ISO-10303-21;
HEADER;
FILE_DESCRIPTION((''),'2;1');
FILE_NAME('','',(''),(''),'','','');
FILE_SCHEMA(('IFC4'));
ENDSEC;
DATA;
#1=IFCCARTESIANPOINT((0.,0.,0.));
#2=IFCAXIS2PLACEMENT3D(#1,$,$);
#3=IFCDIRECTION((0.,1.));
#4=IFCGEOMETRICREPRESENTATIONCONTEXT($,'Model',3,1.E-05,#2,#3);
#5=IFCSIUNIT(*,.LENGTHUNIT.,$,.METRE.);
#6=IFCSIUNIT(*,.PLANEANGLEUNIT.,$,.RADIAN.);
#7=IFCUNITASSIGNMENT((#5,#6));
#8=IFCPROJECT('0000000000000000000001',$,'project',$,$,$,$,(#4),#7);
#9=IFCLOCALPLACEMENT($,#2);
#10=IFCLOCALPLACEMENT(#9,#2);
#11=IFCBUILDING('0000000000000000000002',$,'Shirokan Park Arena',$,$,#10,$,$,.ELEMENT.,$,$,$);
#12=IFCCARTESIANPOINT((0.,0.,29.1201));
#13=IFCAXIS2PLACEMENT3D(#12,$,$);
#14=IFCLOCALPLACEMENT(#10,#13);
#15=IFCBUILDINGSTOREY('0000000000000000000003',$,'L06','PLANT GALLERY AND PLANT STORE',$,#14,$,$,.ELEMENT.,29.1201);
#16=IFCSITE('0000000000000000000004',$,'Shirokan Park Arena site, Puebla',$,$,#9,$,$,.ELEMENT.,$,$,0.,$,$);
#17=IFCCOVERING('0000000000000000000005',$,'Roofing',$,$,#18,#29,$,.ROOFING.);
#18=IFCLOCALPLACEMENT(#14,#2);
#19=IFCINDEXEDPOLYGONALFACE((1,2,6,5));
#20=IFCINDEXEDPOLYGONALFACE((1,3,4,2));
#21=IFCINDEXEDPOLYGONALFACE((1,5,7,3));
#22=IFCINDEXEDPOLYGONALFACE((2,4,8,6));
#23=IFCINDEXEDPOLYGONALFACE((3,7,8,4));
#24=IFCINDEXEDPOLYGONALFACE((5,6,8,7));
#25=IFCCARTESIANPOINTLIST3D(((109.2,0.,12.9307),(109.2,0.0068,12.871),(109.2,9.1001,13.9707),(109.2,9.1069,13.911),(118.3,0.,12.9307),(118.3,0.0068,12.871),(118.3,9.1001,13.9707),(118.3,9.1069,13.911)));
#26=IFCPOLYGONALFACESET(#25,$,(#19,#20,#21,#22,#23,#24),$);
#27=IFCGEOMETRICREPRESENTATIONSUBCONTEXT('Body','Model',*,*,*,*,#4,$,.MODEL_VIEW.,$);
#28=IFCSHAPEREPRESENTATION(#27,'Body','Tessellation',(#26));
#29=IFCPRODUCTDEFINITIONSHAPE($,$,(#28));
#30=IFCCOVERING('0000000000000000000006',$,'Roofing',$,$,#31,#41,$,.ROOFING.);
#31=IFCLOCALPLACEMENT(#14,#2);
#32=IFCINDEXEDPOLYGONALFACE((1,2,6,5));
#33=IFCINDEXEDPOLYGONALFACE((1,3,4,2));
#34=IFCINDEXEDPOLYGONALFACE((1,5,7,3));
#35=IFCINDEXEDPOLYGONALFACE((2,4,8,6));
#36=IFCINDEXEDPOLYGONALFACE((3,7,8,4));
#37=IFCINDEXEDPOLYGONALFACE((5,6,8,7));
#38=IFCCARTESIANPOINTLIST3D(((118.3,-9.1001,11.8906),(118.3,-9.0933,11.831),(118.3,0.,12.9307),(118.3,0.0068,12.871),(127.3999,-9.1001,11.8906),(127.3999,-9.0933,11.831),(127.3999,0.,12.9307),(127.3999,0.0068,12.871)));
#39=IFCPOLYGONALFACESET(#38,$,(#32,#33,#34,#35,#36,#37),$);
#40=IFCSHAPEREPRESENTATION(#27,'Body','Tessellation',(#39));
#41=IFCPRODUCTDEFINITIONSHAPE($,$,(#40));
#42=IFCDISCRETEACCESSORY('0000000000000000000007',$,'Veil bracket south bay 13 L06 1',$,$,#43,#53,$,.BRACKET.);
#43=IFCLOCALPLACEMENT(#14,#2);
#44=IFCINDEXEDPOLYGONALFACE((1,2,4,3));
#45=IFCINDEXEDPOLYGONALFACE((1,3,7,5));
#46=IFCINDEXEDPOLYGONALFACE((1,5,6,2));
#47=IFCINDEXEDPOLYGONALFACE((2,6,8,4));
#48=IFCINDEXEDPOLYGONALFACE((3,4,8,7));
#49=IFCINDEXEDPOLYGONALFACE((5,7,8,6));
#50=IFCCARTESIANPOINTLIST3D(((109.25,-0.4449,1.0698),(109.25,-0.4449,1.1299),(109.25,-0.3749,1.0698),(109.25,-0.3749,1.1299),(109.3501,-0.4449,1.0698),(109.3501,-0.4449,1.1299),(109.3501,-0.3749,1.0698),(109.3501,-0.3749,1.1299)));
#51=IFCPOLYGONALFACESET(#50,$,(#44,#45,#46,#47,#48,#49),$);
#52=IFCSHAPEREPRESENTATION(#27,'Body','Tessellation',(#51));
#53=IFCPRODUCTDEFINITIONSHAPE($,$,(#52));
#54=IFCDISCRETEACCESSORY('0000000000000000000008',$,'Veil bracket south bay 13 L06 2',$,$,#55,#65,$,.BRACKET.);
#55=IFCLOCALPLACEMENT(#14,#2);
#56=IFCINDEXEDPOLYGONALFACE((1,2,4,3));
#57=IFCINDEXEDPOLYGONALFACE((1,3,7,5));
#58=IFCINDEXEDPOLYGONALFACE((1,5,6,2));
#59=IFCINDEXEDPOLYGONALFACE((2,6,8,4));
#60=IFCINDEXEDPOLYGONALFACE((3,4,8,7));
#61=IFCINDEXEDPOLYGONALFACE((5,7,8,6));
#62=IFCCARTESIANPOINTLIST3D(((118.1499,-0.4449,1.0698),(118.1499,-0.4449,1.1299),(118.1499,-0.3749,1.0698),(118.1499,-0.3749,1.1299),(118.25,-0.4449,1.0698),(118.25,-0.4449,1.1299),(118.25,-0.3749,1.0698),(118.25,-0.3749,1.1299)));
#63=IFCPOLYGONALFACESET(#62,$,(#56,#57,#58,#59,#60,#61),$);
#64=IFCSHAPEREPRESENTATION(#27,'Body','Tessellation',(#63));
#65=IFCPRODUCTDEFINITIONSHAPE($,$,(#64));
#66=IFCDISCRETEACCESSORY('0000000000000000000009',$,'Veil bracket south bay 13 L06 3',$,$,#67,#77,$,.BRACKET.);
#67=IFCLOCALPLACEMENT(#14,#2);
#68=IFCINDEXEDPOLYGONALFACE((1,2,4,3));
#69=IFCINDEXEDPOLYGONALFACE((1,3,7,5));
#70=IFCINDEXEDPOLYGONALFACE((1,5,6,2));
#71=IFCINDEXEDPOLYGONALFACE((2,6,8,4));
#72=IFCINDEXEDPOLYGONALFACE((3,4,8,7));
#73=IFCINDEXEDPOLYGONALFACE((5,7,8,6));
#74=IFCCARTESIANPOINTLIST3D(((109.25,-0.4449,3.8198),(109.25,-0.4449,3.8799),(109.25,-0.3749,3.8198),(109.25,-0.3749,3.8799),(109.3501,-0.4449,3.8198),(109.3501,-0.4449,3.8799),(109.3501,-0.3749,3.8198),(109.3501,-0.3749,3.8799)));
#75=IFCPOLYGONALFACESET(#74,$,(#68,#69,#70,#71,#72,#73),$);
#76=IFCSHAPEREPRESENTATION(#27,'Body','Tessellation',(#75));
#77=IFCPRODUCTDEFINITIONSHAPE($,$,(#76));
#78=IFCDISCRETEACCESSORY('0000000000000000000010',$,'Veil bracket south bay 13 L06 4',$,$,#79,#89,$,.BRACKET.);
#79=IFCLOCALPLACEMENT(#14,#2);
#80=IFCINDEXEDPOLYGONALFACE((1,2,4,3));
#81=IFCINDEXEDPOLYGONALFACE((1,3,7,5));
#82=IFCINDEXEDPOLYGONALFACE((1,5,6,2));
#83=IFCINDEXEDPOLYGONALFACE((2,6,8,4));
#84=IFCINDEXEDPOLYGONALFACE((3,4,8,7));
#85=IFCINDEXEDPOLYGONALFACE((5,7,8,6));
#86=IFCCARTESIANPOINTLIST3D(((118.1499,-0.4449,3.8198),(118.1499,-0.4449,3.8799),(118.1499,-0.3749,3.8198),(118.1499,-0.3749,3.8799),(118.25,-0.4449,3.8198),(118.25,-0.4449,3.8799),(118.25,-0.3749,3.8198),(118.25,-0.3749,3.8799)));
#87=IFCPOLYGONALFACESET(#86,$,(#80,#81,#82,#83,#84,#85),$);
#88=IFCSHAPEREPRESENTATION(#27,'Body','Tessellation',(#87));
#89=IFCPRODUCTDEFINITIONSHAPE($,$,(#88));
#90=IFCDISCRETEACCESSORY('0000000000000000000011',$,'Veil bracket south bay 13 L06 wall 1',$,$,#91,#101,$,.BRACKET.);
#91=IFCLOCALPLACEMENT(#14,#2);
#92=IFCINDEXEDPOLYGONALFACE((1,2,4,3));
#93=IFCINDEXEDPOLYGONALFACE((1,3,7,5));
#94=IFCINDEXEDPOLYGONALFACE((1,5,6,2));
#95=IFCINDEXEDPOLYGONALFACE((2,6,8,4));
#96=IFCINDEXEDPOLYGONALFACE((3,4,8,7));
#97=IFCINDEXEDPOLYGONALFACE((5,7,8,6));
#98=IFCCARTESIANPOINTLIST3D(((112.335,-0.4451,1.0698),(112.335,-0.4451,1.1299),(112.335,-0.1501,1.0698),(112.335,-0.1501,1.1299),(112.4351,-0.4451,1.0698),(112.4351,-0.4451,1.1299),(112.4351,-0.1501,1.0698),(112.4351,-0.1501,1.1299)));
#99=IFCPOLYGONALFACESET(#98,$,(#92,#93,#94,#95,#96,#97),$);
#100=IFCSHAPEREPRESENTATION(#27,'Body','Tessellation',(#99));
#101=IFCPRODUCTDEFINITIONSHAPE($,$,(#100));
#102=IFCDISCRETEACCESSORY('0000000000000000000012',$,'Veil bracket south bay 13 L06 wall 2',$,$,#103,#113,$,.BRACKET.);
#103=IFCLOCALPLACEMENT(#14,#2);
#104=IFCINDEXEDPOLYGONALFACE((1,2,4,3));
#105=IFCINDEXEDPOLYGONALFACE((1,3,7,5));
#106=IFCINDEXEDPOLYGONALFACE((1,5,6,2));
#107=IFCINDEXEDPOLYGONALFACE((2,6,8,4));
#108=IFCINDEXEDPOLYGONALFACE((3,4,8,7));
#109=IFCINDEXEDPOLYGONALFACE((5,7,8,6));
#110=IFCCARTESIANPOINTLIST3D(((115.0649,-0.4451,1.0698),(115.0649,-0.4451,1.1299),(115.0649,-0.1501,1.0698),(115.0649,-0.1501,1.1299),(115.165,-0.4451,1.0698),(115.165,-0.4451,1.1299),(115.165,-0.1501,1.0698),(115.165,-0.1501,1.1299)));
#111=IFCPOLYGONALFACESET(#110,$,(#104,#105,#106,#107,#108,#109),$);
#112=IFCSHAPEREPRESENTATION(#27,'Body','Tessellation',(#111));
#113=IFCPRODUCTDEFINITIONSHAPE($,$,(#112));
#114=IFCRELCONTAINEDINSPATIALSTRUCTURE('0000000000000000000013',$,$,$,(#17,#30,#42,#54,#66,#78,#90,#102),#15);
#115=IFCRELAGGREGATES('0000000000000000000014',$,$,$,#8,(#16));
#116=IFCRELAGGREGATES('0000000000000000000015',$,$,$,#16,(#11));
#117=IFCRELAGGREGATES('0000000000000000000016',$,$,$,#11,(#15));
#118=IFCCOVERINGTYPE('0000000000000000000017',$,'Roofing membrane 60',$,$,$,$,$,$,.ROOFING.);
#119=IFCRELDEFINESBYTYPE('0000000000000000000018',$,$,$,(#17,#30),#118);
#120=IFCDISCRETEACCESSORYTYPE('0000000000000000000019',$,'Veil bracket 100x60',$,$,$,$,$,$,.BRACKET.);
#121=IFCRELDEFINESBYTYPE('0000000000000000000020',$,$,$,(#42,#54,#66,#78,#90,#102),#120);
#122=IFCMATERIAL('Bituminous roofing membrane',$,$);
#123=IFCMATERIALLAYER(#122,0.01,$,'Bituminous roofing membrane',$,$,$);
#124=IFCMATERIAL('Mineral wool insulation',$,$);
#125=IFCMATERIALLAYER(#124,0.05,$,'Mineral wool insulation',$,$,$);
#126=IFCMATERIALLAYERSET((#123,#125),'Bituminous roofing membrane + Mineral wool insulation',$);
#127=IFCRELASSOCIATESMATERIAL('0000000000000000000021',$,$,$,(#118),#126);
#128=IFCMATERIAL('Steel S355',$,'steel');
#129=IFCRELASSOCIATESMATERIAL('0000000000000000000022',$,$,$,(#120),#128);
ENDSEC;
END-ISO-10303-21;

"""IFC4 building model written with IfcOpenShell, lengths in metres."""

from ifc_helpers import new_model, si_unit, direction, frame, origin, origin_2d, place, context, subcontext, project, spatial, polyline, rectangle, outline, extrude, material, layer, layer_set, type_object, element, save


model = new_model("IFC4")

# Units and contexts
model_context = context("Model", 3, precision=1e-05, world=origin(), true_north=direction((0.0, 1.0)))
body_context = subcontext(model_context, "Body", "Model", "MODEL_VIEW")
ifc_project = project(units=[si_unit("LENGTHUNIT", "METRE"), si_unit("PLANEANGLEUNIT", "RADIAN")], contexts=[model_context])

# Site, building, storey
site_placement = place(None, origin())
site = spatial("IfcSite", under=ifc_project, at=site_placement, Name="Shirokan Park Arena site, Puebla", CompositionType="ELEMENT", RefElevation=0.0)
building_placement = place(site_placement, origin())
building = spatial("IfcBuilding", under=site, at=building_placement, Name="Shirokan Park Arena", CompositionType="ELEMENT")
storey_placement = place(building_placement, frame((0.0, 0.0, 29.1201)))
storey = spatial("IfcBuildingStorey", under=building, at=storey_placement, Name="L06", Description="PLANT GALLERY AND PLANT STORE", CompositionType="ELEMENT", Elevation=29.1201)

# Coverings
ifc_material_1 = material(Name="Bituminous roofing membrane")
ifc_layer_1 = layer(ifc_material_1, 0.01, Name="Bituminous roofing membrane")
ifc_material_2 = material(Name="Mineral wool insulation")
ifc_layer_2 = layer(ifc_material_2, 0.05, Name="Mineral wool insulation")
ifc_layer_set_1 = layer_set([ifc_layer_1, ifc_layer_2], Name="Bituminous roofing membrane + Mineral wool insulation")
covering_type = type_object("IfcCoveringType", Name="Roofing membrane 60", PredefinedType="ROOFING", material=ifc_layer_set_1)
covering_1_placement = place(storey_placement, frame((109.2, 0.0, 12.9307), z_axis=(0.0, -0.11355, 0.993532), x_axis=(1.0, 0.0, 0.0)))
element("IfcCovering", 1, at=covering_1_placement, inside=storey, type_object=covering_type, Name="Roofing", PredefinedType="ROOFING", context=body_context, shape_type="SweptSolid", body=[
    extrude(outline(polyline([(0.0, 0.0), (9.1001, 0.0), (9.1001, 9.1593), (0.0, 9.1593), (0.0, 0.0)])), origin(), (0.0, 0.0, -1.0), 0.0601),
])
covering_2_placement = place(storey_placement, frame((118.3, -9.1001, 11.8906), z_axis=(0.0, -0.11355, 0.993532), x_axis=(1.0, 0.0, 0.0)))
element("IfcCovering", 2, at=covering_2_placement, inside=storey, type_object=covering_type, Name="Roofing", PredefinedType="ROOFING", context=body_context, shape_type="SweptSolid", body=[
    extrude(outline(polyline([(0.0, 0.0), (9.0999, 0.0), (9.0999, 9.1593), (0.0, 9.1593), (0.0, 0.0)])), origin(), (0.0, 0.0, -1.0), 0.0601),
])

# Discrete accessories
ifc_material_3 = material(Name="Steel S355", Category="steel")
discrete_accessory_type = type_object("IfcDiscreteAccessoryType", Name="Veil bracket 100x60", PredefinedType="BRACKET", material=ifc_material_3)
for number, where, z_axis, x_axis, name in (
    (3, (109.3, -0.4099, 1.0698), (0.0, 0.0, 1.0), (1.0, 0.0, 0.0), "Veil bracket south bay 13 L06 1"),
    (4, (118.2, -0.4099, 1.0698), (0.0, 0.0, 1.0), (1.0, 0.0, 0.0), "Veil bracket south bay 13 L06 2"),
    (5, (109.3, -0.4099, 3.8198), (0.0, 0.0, 1.0), (1.0, 0.0, 0.0), "Veil bracket south bay 13 L06 3"),
    (6, (118.2, -0.4099, 3.8198), (0.0, 0.0, 1.0), (1.0, 0.0, 0.0), "Veil bracket south bay 13 L06 4"),
):
    element("IfcDiscreteAccessory", number, at=place(storey_placement, frame(where, z_axis=z_axis, x_axis=x_axis)), inside=storey, type_object=discrete_accessory_type, Name=name, PredefinedType="BRACKET", context=body_context, shape_type="SweptSolid", body=[
        extrude(rectangle(XDim=0.1001, YDim=0.0701, at=origin_2d()), origin(), (0.0, 0.0, 1.0), 0.0601),
    ])
for number, where, z_axis, x_axis, name in (
    (7, (112.385, -0.2976, 1.0698), (0.0, 0.0, 1.0), (1.0, 0.0, 0.0), "Veil bracket south bay 13 L06 wall 1"),
    (8, (115.115, -0.2976, 1.0698), (0.0, 0.0, 1.0), (1.0, 0.0, 0.0), "Veil bracket south bay 13 L06 wall 2"),
):
    element("IfcDiscreteAccessory", number, at=place(storey_placement, frame(where, z_axis=z_axis, x_axis=x_axis)), inside=storey, type_object=discrete_accessory_type, Name=name, PredefinedType="BRACKET", context=body_context, shape_type="SweptSolid", body=[
        extrude(rectangle(XDim=0.1001, YDim=0.2949, at=origin_2d()), origin(), (0.0, 0.0, 1.0), 0.0601),
    ])

save(model, "model.ifc")
